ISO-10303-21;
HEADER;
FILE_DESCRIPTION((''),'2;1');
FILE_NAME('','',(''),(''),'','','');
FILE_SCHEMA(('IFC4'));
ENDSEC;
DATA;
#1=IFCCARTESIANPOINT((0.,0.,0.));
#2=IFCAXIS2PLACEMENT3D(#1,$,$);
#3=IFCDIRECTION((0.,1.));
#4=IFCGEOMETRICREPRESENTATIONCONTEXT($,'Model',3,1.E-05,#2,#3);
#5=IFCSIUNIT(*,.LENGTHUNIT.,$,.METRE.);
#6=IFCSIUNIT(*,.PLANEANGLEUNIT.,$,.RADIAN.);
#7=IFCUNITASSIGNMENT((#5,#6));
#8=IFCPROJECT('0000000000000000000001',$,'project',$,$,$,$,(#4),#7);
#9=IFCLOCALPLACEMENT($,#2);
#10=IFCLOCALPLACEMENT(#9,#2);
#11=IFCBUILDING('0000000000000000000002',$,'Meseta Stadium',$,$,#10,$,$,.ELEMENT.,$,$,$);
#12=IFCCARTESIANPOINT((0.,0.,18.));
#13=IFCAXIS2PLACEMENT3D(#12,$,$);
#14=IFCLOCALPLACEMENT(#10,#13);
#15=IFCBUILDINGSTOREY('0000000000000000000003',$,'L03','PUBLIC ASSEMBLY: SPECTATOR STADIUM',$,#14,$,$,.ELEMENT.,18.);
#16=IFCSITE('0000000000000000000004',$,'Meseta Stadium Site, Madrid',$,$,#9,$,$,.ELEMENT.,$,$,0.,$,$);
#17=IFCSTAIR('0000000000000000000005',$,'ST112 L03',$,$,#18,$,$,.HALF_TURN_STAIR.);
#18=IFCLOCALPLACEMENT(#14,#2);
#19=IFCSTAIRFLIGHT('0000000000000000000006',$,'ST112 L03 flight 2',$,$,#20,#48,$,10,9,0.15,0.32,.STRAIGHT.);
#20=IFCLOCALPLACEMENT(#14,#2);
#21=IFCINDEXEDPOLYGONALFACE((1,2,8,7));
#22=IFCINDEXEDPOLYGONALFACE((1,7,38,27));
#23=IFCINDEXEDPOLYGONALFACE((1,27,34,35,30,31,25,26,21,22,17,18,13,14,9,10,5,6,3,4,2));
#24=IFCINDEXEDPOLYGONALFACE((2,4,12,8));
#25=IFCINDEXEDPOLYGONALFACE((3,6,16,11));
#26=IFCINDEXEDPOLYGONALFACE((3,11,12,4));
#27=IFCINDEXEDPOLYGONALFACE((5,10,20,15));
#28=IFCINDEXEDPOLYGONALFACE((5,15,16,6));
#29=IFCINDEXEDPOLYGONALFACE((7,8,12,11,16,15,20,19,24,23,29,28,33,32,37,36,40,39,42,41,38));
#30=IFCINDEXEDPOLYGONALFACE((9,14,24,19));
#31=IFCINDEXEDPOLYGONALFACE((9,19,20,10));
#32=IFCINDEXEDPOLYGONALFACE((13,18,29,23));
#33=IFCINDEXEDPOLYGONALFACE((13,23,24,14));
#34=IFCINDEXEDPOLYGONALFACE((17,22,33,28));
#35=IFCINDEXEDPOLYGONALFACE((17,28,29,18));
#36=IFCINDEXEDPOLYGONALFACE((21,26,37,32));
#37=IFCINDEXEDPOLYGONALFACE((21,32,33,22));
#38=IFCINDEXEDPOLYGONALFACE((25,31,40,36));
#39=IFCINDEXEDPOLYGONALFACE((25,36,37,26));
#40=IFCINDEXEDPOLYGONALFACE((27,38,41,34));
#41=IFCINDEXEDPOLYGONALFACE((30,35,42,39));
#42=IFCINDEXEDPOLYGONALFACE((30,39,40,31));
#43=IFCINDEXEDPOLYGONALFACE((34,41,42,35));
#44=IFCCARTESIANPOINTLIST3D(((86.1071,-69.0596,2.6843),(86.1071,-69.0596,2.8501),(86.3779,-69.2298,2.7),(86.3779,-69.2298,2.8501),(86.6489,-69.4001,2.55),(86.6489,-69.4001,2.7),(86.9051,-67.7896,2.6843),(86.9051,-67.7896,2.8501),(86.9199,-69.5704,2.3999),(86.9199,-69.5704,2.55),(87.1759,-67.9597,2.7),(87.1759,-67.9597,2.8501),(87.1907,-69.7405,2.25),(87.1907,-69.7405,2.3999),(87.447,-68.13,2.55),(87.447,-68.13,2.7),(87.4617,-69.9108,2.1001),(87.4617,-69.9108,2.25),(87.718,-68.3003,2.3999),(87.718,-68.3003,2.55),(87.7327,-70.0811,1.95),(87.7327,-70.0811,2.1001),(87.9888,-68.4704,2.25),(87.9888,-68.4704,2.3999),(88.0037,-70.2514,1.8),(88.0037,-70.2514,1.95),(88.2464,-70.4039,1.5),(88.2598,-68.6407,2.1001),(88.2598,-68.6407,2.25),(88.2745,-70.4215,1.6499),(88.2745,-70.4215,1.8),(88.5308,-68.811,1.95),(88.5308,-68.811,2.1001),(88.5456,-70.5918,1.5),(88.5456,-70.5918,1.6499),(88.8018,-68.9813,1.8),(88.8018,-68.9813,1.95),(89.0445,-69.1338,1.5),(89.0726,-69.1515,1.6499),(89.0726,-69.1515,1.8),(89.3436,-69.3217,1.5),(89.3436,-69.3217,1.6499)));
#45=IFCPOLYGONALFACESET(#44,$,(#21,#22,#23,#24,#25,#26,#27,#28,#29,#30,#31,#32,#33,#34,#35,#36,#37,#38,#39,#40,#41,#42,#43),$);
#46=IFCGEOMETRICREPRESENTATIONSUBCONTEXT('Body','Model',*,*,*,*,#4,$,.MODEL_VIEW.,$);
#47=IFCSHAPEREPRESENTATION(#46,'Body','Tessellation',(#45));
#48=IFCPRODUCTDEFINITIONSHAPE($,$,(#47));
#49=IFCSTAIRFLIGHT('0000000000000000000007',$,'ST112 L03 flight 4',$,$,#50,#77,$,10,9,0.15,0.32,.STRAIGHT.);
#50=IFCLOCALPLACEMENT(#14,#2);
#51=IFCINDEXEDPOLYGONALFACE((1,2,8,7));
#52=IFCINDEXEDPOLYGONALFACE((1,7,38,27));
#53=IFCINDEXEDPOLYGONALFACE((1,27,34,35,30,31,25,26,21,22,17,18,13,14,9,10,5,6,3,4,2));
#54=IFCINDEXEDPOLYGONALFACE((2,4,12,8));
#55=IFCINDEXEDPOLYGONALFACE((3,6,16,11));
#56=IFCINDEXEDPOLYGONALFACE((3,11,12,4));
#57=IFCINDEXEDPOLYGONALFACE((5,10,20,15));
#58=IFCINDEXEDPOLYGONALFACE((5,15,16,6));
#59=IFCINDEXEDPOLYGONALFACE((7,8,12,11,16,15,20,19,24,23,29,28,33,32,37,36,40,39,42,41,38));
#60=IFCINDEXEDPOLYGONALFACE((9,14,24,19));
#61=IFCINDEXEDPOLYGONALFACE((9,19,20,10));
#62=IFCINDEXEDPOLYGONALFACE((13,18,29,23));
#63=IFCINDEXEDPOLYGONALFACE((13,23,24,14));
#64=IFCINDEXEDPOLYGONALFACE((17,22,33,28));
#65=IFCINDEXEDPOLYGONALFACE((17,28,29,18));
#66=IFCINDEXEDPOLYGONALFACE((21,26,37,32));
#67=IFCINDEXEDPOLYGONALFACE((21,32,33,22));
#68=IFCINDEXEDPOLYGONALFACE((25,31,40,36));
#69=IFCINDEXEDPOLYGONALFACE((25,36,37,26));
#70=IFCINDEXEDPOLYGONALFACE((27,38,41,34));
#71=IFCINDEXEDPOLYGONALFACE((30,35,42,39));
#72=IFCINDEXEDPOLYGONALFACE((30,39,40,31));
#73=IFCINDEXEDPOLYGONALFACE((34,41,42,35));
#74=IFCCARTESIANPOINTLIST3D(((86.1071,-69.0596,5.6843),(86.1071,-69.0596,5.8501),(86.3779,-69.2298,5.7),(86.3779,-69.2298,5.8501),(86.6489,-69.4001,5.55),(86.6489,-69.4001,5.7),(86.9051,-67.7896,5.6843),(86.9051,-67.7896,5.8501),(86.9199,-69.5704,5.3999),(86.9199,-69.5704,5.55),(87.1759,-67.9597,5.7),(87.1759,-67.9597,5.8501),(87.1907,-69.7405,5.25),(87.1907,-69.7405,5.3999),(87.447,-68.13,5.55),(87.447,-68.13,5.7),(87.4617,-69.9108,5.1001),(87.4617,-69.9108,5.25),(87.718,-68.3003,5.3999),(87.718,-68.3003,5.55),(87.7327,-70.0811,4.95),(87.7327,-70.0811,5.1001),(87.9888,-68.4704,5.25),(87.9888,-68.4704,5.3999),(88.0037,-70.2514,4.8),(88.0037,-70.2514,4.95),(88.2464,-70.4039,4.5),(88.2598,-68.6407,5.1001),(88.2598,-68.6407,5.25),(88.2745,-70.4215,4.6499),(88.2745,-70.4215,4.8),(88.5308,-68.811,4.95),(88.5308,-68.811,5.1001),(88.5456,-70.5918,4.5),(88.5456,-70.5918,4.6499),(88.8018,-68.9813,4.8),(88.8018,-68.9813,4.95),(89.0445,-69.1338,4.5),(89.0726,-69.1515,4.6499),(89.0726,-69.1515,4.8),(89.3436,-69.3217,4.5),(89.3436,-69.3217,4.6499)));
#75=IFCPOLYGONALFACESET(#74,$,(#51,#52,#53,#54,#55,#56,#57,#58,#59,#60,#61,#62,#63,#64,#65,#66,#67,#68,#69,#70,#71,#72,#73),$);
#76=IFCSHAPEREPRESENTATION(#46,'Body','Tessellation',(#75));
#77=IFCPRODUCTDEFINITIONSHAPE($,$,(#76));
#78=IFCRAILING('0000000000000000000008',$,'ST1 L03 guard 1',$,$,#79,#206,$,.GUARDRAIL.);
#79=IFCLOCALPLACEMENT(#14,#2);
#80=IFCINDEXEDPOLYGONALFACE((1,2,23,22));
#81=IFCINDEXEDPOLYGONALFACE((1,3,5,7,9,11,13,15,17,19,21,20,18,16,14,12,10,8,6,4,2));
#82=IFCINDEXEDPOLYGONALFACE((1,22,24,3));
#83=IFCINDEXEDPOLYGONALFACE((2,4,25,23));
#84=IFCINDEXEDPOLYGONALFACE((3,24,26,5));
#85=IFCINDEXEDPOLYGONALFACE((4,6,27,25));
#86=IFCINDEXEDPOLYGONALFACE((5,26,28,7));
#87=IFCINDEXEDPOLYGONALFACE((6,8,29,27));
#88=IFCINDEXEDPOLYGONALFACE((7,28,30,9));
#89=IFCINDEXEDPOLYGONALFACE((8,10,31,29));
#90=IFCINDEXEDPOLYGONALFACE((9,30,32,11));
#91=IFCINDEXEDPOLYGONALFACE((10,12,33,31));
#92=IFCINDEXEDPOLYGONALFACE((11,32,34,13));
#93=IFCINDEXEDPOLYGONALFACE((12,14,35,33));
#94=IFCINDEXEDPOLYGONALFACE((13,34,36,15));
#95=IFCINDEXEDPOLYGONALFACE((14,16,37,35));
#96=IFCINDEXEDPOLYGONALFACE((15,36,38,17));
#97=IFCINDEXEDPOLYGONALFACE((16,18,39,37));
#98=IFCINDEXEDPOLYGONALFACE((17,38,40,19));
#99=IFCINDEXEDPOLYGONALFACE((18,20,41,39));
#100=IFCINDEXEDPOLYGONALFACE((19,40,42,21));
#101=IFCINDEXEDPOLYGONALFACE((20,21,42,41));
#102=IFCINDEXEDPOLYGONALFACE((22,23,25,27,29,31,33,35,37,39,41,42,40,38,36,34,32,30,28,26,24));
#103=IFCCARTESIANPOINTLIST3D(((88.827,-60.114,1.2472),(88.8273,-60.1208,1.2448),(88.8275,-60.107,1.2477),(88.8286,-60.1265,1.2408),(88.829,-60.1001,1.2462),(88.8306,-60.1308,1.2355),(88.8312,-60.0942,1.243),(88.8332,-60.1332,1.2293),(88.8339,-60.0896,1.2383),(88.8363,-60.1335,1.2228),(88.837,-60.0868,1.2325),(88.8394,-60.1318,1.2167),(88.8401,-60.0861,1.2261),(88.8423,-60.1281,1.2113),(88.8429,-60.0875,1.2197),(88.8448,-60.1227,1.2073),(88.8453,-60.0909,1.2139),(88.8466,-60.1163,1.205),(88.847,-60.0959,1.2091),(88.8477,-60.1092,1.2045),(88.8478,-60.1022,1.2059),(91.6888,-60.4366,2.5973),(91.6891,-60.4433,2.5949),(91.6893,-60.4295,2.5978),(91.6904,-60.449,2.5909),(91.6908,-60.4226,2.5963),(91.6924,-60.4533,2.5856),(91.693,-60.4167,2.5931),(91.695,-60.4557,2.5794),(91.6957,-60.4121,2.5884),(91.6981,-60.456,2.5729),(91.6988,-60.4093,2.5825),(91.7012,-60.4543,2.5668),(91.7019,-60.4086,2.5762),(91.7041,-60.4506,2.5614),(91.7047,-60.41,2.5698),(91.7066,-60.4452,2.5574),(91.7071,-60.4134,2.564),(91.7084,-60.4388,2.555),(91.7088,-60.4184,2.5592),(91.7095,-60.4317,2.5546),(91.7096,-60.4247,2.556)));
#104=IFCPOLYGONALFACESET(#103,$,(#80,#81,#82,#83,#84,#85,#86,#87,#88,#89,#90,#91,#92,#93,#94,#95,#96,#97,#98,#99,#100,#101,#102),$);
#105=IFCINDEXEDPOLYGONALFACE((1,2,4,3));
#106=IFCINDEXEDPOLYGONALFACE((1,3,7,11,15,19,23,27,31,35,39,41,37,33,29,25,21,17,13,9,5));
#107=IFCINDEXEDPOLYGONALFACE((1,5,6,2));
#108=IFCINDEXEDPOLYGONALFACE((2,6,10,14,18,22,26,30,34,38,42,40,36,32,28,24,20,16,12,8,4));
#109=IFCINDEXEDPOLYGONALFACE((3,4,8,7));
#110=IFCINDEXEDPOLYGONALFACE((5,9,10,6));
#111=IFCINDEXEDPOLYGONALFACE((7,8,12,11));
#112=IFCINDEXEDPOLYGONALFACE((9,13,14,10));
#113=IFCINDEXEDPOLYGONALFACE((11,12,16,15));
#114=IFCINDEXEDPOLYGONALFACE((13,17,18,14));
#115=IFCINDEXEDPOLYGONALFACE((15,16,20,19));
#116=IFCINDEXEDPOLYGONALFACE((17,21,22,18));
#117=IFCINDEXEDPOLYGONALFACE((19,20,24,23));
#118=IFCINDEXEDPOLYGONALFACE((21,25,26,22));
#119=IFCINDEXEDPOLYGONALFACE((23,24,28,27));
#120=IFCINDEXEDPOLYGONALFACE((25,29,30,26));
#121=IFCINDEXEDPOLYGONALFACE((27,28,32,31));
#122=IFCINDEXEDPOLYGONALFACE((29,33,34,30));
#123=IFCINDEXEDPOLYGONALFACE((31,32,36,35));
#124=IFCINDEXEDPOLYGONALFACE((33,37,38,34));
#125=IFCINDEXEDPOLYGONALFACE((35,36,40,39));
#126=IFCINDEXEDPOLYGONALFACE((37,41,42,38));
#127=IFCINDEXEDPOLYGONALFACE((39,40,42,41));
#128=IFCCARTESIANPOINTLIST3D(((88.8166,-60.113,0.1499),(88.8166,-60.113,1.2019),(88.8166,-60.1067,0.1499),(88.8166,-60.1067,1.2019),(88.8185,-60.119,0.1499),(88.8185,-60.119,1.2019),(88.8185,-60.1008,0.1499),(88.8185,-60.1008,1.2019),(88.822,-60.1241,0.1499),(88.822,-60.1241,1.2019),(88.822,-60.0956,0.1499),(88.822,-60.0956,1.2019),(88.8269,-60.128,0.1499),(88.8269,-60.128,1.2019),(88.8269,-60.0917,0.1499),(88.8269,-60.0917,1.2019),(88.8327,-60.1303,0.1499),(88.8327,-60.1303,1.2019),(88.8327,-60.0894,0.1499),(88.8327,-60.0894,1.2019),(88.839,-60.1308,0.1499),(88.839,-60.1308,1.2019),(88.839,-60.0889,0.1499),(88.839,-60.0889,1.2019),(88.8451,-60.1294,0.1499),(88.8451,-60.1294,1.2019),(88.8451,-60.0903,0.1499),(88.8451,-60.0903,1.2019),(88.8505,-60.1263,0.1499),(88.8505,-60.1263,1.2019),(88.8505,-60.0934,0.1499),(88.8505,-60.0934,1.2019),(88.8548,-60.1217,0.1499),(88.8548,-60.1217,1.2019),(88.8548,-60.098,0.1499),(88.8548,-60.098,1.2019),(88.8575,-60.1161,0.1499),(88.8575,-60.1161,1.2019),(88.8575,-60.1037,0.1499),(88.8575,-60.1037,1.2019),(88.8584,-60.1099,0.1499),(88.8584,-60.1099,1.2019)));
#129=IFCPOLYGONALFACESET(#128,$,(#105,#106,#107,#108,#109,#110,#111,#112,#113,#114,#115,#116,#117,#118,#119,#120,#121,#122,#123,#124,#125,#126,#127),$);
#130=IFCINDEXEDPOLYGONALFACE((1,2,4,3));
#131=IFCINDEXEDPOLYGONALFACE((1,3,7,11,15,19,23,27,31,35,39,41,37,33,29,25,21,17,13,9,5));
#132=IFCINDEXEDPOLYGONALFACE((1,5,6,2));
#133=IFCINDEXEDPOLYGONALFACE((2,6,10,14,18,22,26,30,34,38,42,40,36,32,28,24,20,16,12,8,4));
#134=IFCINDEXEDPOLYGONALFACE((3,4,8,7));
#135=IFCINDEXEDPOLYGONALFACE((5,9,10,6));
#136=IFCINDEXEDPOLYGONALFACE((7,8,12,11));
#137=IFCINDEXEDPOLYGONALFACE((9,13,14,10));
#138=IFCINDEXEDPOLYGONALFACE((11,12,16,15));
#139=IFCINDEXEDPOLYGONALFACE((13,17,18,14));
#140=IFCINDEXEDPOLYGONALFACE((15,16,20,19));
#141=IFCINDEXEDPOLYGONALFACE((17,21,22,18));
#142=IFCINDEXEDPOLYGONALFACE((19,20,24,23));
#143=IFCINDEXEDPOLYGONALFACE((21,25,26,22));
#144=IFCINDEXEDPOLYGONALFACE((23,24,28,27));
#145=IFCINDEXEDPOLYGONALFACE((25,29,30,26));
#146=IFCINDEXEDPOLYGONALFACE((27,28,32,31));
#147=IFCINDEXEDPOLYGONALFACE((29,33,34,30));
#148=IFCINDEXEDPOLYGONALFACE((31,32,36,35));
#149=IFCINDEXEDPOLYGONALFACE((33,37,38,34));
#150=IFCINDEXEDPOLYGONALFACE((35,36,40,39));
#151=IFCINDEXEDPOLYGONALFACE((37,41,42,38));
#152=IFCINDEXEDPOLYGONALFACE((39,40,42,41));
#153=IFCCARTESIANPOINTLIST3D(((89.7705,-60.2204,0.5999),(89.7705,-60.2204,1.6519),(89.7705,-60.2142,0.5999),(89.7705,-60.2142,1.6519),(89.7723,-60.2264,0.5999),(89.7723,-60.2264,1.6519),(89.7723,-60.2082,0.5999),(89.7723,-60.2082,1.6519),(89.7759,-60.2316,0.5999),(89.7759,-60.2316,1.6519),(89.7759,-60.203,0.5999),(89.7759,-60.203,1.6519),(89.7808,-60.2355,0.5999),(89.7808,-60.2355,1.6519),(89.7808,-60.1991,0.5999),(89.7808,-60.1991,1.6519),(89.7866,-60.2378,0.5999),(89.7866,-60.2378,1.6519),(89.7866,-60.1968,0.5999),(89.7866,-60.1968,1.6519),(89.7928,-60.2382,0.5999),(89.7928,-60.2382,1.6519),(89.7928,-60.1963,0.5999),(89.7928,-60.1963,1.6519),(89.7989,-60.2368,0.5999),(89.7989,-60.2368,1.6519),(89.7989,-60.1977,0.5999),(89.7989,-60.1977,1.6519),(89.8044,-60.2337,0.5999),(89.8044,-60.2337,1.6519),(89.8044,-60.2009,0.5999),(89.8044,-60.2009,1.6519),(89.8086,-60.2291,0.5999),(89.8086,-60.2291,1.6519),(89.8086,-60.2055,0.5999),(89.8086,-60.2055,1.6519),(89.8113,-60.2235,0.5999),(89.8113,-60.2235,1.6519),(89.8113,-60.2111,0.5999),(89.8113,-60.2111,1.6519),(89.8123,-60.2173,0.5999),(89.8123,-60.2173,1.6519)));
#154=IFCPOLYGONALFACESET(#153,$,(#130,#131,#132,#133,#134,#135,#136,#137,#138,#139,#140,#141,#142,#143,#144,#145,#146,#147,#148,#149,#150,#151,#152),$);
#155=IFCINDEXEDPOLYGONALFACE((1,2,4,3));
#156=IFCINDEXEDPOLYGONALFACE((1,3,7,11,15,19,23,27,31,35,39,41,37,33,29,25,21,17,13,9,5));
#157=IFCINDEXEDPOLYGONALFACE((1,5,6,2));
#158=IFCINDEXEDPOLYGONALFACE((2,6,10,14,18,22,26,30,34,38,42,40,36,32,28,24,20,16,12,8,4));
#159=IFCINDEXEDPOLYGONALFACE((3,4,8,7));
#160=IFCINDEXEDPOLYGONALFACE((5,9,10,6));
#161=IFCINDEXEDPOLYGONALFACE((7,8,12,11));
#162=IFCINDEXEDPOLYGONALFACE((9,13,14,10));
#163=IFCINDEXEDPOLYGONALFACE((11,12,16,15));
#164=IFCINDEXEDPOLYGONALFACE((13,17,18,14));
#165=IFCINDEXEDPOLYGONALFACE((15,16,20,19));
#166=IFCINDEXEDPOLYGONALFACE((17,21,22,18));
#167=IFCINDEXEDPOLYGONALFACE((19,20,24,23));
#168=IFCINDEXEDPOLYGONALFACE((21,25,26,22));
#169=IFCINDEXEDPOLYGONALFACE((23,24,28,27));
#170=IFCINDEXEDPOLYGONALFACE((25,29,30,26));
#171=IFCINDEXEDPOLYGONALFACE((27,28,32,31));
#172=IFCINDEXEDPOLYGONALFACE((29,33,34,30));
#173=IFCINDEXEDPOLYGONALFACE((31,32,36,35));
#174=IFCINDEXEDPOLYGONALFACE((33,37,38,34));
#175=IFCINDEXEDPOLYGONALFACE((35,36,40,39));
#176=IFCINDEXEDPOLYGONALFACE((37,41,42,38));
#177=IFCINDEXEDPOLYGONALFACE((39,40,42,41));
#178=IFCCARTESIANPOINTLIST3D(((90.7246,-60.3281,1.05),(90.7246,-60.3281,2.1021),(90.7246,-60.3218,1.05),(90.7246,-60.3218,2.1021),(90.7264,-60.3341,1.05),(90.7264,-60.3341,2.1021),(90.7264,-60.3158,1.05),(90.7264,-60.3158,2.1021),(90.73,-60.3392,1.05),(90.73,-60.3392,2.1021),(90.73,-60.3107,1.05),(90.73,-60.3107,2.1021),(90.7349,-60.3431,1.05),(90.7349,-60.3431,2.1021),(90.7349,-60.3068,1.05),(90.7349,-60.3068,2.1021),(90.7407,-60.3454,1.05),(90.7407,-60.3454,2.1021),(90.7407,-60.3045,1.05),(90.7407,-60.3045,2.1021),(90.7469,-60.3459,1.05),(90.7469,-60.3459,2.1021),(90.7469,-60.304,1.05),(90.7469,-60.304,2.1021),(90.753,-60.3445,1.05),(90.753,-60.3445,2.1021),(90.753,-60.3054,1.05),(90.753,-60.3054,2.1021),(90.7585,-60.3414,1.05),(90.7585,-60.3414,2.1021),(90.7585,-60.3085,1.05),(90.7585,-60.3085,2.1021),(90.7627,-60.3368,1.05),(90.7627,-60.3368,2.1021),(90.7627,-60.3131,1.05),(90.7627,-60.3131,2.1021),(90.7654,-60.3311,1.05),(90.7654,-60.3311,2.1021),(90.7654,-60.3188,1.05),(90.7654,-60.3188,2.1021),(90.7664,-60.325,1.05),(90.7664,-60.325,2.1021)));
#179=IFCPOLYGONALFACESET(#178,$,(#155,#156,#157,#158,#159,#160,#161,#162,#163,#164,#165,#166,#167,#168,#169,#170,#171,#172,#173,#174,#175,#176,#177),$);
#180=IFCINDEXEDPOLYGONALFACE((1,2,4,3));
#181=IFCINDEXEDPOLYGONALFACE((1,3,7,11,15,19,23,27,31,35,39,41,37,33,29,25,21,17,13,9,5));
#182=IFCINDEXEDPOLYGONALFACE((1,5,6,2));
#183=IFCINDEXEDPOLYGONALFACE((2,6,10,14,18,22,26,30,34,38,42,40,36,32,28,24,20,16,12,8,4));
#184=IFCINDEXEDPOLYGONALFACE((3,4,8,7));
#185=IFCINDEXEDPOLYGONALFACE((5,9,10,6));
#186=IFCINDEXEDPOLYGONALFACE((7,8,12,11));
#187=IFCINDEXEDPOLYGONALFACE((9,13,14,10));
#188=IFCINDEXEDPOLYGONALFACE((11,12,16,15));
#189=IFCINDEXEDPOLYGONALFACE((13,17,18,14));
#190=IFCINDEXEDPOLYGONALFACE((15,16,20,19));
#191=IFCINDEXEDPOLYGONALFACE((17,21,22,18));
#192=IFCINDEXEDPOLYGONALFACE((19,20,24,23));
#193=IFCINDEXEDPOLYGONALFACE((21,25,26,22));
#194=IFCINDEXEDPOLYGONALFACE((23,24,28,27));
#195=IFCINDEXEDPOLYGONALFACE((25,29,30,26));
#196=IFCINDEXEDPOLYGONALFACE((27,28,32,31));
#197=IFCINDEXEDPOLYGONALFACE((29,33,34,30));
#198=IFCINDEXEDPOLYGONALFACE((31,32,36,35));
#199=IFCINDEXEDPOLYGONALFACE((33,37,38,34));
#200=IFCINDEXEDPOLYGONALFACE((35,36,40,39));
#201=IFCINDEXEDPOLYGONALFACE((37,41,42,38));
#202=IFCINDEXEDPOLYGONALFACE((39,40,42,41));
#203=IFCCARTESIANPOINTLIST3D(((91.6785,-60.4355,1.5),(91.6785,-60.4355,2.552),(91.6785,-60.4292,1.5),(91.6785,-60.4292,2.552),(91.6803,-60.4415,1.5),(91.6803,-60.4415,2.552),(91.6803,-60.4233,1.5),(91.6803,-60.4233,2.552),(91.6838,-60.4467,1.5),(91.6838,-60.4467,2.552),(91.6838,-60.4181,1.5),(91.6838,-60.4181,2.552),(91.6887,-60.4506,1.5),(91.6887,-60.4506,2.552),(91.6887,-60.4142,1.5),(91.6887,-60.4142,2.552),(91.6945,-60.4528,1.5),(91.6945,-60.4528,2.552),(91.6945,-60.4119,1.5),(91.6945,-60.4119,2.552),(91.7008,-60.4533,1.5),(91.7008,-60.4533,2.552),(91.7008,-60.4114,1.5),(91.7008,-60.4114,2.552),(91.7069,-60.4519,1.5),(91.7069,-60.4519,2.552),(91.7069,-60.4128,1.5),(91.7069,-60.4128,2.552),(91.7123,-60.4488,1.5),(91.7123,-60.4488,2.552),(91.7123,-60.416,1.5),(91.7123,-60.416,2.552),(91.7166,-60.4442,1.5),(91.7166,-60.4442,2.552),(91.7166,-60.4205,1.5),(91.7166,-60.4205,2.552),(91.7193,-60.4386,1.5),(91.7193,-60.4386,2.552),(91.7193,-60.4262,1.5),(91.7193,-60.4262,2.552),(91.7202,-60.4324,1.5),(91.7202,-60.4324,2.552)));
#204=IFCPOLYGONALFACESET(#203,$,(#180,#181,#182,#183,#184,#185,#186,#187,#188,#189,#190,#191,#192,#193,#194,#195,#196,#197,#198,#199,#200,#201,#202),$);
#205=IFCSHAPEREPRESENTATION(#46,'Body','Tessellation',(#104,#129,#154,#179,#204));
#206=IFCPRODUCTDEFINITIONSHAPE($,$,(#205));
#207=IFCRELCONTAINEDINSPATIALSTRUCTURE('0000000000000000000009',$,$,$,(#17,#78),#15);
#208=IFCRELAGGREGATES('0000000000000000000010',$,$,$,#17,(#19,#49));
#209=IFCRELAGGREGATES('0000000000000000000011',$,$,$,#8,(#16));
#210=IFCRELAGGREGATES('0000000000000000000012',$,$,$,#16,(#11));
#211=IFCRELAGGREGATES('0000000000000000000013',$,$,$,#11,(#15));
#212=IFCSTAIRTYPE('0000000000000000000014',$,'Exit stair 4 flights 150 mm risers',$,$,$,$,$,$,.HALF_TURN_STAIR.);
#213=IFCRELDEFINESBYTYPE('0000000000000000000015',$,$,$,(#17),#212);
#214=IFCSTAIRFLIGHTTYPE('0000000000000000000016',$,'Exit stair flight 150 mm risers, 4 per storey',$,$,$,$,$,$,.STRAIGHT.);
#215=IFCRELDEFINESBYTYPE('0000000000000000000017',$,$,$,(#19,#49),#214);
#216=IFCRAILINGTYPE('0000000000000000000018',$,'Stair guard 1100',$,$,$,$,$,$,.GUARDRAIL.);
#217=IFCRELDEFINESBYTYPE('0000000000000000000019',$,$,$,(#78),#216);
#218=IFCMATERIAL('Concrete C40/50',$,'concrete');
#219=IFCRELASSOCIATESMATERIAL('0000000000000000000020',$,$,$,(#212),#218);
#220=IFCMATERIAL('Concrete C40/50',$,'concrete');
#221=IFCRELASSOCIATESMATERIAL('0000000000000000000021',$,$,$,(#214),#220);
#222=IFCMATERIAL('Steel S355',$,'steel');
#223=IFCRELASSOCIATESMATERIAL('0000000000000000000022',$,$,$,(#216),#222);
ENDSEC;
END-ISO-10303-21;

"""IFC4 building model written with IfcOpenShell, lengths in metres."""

from ifc_helpers import new_model, si_unit, direction, frame, origin, origin_2d, place, context, subcontext, project, spatial, polyline, circle, outline, extrude, material, type_object, element, aggregate, save


model = new_model("IFC4")

# Units and contexts
model_context = context("Model", 3, precision=1e-05, world=origin(), true_north=direction((0.0, 1.0)))
body_context = subcontext(model_context, "Body", "Model", "MODEL_VIEW")
ifc_project = project(units=[si_unit("LENGTHUNIT", "METRE"), si_unit("PLANEANGLEUNIT", "RADIAN")], contexts=[model_context])

# Site, building, storey
site_placement = place(None, origin())
site = spatial("IfcSite", under=ifc_project, at=site_placement, Name="Meseta Stadium Site, Madrid", CompositionType="ELEMENT", RefElevation=0.0)
building_placement = place(site_placement, origin())
building = spatial("IfcBuilding", under=site, at=building_placement, Name="Meseta Stadium", CompositionType="ELEMENT")
storey_placement = place(building_placement, frame((0.0, 0.0, 18.0)))
storey = spatial("IfcBuildingStorey", under=building, at=storey_placement, Name="L03", Description="PUBLIC ASSEMBLY: SPECTATOR STADIUM", CompositionType="ELEMENT", Elevation=18.0)

# Shared definitions
ifc_material_1 = material(Name="Concrete C40/50", Category="concrete")
stair_type = type_object("IfcStairType", Name="Exit stair 4 flights 150 mm risers", PredefinedType="HALF_TURN_STAIR", material=ifc_material_1)
ifc_material_2 = material(Name="Concrete C40/50", Category="concrete")
stair_flight_type = type_object("IfcStairFlightType", Name="Exit stair flight 150 mm risers, 4 per storey", PredefinedType="STRAIGHT", material=ifc_material_2)

# Stair, stair flights
stair_1_placement = place(storey_placement, origin())
stair_1 = element("IfcStair", 1, at=stair_1_placement, inside=storey, type_object=stair_type, Name="ST112 L03", PredefinedType="HALF_TURN_STAIR")
stair_flight_1_placement = place(storey_placement, frame((88.9446, -69.9568, 1.5), z_axis=(0.0, 0.0, 1.0), x_axis=(-0.846724, 0.532032, 0.0)))
stair_flight_1 = element("IfcStairFlight", 2, at=stair_flight_1_placement, type_object=stair_flight_type, Name="ST112 L03 flight 2", NumberOfRisers=10, NumberOfTreads=9, PredefinedType="STRAIGHT", RiserHeight=0.15, TreadLength=0.32, context=body_context, shape_type="SweptSolid", body=[
    extrude(outline(polyline([(0.0, 0.0), (0.0, 0.1499), (0.3201, 0.1499), (0.3201, 0.3), (0.6399, 0.3), (0.6399, 0.45), (0.96, 0.45), (0.96, 0.6001), (1.28, 0.6001), (1.28, 0.75), (1.6001, 0.75), (1.6001, 0.8999), (1.9199, 0.8999), (1.9199, 1.05), (2.24, 1.05), (2.24, 1.2), (2.5601, 1.2), (2.5601, 1.3501), (2.8799, 1.3501), (2.8799, 1.1843), (0.3533, 0.0), (0.0, 0.0)])), frame((0.0, 0.75, 0.0), z_axis=(0.0, -1.0, 0.0), x_axis=(1.0, 0.0, 0.0)), (0.0, 0.0, 1.0), 1.5),
])
stair_flight_2_placement = place(storey_placement, frame((88.9446, -69.9568, 4.5), z_axis=(0.0, 0.0, 1.0), x_axis=(-0.846724, 0.532032, 0.0)))
stair_flight_2 = element("IfcStairFlight", 3, at=stair_flight_2_placement, type_object=stair_flight_type, Name="ST112 L03 flight 4", NumberOfRisers=10, NumberOfTreads=9, PredefinedType="STRAIGHT", RiserHeight=0.15, TreadLength=0.32, context=body_context, shape_type="SweptSolid", body=[
    extrude(outline(polyline([(0.0, 0.0), (0.0, 0.1499), (0.3201, 0.1499), (0.3201, 0.3), (0.6399, 0.3), (0.6399, 0.45), (0.96, 0.45), (0.96, 0.6001), (1.28, 0.6001), (1.28, 0.75), (1.6001, 0.75), (1.6001, 0.8999), (1.9199, 0.8999), (1.9199, 1.05), (2.24, 1.05), (2.24, 1.2), (2.5601, 1.2), (2.5601, 1.3501), (2.8799, 1.3501), (2.8799, 1.1843), (0.3533, 0.0), (0.0, 0.0)])), frame((0.0, 0.75, 0.0), z_axis=(0.0, -1.0, 0.0), x_axis=(1.0, 0.0, 0.0)), (0.0, 0.0, 1.0), 1.5),
])
aggregate(stair_1, [stair_flight_1, stair_flight_2])

# Railing
ifc_material_3 = material(Name="Steel S355", Category="steel")
railing_type_1 = type_object("IfcRailingType", Name="Stair guard 1100", PredefinedType="GUARDRAIL", material=ifc_material_3)
railing_1_placement = place(storey_placement, frame((88.8374, -60.1099, 0.1499)))
element("IfcRailing", 4, at=railing_1_placement, inside=storey, type_object=railing_type_1, Name="ST1 L03 guard 1", PredefinedType="GUARDRAIL", context=body_context, shape_type="SweptSolid", body=[
    extrude(circle(Radius=0.0239, at=origin_2d()), frame((0.0, 0.0, 1.0762), z_axis=(0.899748, -0.101396, 0.424467), x_axis=(0.111985, 0.99371, 0.0)), (0.0, 0.0, 1.0), 3.1807),
    extrude(circle(Radius=0.021, at=origin_2d()), origin(), (0.0, 0.0, 1.0), 1.052),
    extrude(circle(Radius=0.021, at=origin_2d()), frame((0.9539, -0.1074, 0.45)), (0.0, 0.0, 1.0), 1.052),
    extrude(circle(Radius=0.021, at=origin_2d()), frame((1.908, -0.2151, 0.9001)), (0.0, 0.0, 1.0), 1.052),
    extrude(circle(Radius=0.021, at=origin_2d()), frame((2.8618, -0.3225, 1.3501)), (0.0, 0.0, 1.0), 1.052),
])

save(model, "model.ifc")
